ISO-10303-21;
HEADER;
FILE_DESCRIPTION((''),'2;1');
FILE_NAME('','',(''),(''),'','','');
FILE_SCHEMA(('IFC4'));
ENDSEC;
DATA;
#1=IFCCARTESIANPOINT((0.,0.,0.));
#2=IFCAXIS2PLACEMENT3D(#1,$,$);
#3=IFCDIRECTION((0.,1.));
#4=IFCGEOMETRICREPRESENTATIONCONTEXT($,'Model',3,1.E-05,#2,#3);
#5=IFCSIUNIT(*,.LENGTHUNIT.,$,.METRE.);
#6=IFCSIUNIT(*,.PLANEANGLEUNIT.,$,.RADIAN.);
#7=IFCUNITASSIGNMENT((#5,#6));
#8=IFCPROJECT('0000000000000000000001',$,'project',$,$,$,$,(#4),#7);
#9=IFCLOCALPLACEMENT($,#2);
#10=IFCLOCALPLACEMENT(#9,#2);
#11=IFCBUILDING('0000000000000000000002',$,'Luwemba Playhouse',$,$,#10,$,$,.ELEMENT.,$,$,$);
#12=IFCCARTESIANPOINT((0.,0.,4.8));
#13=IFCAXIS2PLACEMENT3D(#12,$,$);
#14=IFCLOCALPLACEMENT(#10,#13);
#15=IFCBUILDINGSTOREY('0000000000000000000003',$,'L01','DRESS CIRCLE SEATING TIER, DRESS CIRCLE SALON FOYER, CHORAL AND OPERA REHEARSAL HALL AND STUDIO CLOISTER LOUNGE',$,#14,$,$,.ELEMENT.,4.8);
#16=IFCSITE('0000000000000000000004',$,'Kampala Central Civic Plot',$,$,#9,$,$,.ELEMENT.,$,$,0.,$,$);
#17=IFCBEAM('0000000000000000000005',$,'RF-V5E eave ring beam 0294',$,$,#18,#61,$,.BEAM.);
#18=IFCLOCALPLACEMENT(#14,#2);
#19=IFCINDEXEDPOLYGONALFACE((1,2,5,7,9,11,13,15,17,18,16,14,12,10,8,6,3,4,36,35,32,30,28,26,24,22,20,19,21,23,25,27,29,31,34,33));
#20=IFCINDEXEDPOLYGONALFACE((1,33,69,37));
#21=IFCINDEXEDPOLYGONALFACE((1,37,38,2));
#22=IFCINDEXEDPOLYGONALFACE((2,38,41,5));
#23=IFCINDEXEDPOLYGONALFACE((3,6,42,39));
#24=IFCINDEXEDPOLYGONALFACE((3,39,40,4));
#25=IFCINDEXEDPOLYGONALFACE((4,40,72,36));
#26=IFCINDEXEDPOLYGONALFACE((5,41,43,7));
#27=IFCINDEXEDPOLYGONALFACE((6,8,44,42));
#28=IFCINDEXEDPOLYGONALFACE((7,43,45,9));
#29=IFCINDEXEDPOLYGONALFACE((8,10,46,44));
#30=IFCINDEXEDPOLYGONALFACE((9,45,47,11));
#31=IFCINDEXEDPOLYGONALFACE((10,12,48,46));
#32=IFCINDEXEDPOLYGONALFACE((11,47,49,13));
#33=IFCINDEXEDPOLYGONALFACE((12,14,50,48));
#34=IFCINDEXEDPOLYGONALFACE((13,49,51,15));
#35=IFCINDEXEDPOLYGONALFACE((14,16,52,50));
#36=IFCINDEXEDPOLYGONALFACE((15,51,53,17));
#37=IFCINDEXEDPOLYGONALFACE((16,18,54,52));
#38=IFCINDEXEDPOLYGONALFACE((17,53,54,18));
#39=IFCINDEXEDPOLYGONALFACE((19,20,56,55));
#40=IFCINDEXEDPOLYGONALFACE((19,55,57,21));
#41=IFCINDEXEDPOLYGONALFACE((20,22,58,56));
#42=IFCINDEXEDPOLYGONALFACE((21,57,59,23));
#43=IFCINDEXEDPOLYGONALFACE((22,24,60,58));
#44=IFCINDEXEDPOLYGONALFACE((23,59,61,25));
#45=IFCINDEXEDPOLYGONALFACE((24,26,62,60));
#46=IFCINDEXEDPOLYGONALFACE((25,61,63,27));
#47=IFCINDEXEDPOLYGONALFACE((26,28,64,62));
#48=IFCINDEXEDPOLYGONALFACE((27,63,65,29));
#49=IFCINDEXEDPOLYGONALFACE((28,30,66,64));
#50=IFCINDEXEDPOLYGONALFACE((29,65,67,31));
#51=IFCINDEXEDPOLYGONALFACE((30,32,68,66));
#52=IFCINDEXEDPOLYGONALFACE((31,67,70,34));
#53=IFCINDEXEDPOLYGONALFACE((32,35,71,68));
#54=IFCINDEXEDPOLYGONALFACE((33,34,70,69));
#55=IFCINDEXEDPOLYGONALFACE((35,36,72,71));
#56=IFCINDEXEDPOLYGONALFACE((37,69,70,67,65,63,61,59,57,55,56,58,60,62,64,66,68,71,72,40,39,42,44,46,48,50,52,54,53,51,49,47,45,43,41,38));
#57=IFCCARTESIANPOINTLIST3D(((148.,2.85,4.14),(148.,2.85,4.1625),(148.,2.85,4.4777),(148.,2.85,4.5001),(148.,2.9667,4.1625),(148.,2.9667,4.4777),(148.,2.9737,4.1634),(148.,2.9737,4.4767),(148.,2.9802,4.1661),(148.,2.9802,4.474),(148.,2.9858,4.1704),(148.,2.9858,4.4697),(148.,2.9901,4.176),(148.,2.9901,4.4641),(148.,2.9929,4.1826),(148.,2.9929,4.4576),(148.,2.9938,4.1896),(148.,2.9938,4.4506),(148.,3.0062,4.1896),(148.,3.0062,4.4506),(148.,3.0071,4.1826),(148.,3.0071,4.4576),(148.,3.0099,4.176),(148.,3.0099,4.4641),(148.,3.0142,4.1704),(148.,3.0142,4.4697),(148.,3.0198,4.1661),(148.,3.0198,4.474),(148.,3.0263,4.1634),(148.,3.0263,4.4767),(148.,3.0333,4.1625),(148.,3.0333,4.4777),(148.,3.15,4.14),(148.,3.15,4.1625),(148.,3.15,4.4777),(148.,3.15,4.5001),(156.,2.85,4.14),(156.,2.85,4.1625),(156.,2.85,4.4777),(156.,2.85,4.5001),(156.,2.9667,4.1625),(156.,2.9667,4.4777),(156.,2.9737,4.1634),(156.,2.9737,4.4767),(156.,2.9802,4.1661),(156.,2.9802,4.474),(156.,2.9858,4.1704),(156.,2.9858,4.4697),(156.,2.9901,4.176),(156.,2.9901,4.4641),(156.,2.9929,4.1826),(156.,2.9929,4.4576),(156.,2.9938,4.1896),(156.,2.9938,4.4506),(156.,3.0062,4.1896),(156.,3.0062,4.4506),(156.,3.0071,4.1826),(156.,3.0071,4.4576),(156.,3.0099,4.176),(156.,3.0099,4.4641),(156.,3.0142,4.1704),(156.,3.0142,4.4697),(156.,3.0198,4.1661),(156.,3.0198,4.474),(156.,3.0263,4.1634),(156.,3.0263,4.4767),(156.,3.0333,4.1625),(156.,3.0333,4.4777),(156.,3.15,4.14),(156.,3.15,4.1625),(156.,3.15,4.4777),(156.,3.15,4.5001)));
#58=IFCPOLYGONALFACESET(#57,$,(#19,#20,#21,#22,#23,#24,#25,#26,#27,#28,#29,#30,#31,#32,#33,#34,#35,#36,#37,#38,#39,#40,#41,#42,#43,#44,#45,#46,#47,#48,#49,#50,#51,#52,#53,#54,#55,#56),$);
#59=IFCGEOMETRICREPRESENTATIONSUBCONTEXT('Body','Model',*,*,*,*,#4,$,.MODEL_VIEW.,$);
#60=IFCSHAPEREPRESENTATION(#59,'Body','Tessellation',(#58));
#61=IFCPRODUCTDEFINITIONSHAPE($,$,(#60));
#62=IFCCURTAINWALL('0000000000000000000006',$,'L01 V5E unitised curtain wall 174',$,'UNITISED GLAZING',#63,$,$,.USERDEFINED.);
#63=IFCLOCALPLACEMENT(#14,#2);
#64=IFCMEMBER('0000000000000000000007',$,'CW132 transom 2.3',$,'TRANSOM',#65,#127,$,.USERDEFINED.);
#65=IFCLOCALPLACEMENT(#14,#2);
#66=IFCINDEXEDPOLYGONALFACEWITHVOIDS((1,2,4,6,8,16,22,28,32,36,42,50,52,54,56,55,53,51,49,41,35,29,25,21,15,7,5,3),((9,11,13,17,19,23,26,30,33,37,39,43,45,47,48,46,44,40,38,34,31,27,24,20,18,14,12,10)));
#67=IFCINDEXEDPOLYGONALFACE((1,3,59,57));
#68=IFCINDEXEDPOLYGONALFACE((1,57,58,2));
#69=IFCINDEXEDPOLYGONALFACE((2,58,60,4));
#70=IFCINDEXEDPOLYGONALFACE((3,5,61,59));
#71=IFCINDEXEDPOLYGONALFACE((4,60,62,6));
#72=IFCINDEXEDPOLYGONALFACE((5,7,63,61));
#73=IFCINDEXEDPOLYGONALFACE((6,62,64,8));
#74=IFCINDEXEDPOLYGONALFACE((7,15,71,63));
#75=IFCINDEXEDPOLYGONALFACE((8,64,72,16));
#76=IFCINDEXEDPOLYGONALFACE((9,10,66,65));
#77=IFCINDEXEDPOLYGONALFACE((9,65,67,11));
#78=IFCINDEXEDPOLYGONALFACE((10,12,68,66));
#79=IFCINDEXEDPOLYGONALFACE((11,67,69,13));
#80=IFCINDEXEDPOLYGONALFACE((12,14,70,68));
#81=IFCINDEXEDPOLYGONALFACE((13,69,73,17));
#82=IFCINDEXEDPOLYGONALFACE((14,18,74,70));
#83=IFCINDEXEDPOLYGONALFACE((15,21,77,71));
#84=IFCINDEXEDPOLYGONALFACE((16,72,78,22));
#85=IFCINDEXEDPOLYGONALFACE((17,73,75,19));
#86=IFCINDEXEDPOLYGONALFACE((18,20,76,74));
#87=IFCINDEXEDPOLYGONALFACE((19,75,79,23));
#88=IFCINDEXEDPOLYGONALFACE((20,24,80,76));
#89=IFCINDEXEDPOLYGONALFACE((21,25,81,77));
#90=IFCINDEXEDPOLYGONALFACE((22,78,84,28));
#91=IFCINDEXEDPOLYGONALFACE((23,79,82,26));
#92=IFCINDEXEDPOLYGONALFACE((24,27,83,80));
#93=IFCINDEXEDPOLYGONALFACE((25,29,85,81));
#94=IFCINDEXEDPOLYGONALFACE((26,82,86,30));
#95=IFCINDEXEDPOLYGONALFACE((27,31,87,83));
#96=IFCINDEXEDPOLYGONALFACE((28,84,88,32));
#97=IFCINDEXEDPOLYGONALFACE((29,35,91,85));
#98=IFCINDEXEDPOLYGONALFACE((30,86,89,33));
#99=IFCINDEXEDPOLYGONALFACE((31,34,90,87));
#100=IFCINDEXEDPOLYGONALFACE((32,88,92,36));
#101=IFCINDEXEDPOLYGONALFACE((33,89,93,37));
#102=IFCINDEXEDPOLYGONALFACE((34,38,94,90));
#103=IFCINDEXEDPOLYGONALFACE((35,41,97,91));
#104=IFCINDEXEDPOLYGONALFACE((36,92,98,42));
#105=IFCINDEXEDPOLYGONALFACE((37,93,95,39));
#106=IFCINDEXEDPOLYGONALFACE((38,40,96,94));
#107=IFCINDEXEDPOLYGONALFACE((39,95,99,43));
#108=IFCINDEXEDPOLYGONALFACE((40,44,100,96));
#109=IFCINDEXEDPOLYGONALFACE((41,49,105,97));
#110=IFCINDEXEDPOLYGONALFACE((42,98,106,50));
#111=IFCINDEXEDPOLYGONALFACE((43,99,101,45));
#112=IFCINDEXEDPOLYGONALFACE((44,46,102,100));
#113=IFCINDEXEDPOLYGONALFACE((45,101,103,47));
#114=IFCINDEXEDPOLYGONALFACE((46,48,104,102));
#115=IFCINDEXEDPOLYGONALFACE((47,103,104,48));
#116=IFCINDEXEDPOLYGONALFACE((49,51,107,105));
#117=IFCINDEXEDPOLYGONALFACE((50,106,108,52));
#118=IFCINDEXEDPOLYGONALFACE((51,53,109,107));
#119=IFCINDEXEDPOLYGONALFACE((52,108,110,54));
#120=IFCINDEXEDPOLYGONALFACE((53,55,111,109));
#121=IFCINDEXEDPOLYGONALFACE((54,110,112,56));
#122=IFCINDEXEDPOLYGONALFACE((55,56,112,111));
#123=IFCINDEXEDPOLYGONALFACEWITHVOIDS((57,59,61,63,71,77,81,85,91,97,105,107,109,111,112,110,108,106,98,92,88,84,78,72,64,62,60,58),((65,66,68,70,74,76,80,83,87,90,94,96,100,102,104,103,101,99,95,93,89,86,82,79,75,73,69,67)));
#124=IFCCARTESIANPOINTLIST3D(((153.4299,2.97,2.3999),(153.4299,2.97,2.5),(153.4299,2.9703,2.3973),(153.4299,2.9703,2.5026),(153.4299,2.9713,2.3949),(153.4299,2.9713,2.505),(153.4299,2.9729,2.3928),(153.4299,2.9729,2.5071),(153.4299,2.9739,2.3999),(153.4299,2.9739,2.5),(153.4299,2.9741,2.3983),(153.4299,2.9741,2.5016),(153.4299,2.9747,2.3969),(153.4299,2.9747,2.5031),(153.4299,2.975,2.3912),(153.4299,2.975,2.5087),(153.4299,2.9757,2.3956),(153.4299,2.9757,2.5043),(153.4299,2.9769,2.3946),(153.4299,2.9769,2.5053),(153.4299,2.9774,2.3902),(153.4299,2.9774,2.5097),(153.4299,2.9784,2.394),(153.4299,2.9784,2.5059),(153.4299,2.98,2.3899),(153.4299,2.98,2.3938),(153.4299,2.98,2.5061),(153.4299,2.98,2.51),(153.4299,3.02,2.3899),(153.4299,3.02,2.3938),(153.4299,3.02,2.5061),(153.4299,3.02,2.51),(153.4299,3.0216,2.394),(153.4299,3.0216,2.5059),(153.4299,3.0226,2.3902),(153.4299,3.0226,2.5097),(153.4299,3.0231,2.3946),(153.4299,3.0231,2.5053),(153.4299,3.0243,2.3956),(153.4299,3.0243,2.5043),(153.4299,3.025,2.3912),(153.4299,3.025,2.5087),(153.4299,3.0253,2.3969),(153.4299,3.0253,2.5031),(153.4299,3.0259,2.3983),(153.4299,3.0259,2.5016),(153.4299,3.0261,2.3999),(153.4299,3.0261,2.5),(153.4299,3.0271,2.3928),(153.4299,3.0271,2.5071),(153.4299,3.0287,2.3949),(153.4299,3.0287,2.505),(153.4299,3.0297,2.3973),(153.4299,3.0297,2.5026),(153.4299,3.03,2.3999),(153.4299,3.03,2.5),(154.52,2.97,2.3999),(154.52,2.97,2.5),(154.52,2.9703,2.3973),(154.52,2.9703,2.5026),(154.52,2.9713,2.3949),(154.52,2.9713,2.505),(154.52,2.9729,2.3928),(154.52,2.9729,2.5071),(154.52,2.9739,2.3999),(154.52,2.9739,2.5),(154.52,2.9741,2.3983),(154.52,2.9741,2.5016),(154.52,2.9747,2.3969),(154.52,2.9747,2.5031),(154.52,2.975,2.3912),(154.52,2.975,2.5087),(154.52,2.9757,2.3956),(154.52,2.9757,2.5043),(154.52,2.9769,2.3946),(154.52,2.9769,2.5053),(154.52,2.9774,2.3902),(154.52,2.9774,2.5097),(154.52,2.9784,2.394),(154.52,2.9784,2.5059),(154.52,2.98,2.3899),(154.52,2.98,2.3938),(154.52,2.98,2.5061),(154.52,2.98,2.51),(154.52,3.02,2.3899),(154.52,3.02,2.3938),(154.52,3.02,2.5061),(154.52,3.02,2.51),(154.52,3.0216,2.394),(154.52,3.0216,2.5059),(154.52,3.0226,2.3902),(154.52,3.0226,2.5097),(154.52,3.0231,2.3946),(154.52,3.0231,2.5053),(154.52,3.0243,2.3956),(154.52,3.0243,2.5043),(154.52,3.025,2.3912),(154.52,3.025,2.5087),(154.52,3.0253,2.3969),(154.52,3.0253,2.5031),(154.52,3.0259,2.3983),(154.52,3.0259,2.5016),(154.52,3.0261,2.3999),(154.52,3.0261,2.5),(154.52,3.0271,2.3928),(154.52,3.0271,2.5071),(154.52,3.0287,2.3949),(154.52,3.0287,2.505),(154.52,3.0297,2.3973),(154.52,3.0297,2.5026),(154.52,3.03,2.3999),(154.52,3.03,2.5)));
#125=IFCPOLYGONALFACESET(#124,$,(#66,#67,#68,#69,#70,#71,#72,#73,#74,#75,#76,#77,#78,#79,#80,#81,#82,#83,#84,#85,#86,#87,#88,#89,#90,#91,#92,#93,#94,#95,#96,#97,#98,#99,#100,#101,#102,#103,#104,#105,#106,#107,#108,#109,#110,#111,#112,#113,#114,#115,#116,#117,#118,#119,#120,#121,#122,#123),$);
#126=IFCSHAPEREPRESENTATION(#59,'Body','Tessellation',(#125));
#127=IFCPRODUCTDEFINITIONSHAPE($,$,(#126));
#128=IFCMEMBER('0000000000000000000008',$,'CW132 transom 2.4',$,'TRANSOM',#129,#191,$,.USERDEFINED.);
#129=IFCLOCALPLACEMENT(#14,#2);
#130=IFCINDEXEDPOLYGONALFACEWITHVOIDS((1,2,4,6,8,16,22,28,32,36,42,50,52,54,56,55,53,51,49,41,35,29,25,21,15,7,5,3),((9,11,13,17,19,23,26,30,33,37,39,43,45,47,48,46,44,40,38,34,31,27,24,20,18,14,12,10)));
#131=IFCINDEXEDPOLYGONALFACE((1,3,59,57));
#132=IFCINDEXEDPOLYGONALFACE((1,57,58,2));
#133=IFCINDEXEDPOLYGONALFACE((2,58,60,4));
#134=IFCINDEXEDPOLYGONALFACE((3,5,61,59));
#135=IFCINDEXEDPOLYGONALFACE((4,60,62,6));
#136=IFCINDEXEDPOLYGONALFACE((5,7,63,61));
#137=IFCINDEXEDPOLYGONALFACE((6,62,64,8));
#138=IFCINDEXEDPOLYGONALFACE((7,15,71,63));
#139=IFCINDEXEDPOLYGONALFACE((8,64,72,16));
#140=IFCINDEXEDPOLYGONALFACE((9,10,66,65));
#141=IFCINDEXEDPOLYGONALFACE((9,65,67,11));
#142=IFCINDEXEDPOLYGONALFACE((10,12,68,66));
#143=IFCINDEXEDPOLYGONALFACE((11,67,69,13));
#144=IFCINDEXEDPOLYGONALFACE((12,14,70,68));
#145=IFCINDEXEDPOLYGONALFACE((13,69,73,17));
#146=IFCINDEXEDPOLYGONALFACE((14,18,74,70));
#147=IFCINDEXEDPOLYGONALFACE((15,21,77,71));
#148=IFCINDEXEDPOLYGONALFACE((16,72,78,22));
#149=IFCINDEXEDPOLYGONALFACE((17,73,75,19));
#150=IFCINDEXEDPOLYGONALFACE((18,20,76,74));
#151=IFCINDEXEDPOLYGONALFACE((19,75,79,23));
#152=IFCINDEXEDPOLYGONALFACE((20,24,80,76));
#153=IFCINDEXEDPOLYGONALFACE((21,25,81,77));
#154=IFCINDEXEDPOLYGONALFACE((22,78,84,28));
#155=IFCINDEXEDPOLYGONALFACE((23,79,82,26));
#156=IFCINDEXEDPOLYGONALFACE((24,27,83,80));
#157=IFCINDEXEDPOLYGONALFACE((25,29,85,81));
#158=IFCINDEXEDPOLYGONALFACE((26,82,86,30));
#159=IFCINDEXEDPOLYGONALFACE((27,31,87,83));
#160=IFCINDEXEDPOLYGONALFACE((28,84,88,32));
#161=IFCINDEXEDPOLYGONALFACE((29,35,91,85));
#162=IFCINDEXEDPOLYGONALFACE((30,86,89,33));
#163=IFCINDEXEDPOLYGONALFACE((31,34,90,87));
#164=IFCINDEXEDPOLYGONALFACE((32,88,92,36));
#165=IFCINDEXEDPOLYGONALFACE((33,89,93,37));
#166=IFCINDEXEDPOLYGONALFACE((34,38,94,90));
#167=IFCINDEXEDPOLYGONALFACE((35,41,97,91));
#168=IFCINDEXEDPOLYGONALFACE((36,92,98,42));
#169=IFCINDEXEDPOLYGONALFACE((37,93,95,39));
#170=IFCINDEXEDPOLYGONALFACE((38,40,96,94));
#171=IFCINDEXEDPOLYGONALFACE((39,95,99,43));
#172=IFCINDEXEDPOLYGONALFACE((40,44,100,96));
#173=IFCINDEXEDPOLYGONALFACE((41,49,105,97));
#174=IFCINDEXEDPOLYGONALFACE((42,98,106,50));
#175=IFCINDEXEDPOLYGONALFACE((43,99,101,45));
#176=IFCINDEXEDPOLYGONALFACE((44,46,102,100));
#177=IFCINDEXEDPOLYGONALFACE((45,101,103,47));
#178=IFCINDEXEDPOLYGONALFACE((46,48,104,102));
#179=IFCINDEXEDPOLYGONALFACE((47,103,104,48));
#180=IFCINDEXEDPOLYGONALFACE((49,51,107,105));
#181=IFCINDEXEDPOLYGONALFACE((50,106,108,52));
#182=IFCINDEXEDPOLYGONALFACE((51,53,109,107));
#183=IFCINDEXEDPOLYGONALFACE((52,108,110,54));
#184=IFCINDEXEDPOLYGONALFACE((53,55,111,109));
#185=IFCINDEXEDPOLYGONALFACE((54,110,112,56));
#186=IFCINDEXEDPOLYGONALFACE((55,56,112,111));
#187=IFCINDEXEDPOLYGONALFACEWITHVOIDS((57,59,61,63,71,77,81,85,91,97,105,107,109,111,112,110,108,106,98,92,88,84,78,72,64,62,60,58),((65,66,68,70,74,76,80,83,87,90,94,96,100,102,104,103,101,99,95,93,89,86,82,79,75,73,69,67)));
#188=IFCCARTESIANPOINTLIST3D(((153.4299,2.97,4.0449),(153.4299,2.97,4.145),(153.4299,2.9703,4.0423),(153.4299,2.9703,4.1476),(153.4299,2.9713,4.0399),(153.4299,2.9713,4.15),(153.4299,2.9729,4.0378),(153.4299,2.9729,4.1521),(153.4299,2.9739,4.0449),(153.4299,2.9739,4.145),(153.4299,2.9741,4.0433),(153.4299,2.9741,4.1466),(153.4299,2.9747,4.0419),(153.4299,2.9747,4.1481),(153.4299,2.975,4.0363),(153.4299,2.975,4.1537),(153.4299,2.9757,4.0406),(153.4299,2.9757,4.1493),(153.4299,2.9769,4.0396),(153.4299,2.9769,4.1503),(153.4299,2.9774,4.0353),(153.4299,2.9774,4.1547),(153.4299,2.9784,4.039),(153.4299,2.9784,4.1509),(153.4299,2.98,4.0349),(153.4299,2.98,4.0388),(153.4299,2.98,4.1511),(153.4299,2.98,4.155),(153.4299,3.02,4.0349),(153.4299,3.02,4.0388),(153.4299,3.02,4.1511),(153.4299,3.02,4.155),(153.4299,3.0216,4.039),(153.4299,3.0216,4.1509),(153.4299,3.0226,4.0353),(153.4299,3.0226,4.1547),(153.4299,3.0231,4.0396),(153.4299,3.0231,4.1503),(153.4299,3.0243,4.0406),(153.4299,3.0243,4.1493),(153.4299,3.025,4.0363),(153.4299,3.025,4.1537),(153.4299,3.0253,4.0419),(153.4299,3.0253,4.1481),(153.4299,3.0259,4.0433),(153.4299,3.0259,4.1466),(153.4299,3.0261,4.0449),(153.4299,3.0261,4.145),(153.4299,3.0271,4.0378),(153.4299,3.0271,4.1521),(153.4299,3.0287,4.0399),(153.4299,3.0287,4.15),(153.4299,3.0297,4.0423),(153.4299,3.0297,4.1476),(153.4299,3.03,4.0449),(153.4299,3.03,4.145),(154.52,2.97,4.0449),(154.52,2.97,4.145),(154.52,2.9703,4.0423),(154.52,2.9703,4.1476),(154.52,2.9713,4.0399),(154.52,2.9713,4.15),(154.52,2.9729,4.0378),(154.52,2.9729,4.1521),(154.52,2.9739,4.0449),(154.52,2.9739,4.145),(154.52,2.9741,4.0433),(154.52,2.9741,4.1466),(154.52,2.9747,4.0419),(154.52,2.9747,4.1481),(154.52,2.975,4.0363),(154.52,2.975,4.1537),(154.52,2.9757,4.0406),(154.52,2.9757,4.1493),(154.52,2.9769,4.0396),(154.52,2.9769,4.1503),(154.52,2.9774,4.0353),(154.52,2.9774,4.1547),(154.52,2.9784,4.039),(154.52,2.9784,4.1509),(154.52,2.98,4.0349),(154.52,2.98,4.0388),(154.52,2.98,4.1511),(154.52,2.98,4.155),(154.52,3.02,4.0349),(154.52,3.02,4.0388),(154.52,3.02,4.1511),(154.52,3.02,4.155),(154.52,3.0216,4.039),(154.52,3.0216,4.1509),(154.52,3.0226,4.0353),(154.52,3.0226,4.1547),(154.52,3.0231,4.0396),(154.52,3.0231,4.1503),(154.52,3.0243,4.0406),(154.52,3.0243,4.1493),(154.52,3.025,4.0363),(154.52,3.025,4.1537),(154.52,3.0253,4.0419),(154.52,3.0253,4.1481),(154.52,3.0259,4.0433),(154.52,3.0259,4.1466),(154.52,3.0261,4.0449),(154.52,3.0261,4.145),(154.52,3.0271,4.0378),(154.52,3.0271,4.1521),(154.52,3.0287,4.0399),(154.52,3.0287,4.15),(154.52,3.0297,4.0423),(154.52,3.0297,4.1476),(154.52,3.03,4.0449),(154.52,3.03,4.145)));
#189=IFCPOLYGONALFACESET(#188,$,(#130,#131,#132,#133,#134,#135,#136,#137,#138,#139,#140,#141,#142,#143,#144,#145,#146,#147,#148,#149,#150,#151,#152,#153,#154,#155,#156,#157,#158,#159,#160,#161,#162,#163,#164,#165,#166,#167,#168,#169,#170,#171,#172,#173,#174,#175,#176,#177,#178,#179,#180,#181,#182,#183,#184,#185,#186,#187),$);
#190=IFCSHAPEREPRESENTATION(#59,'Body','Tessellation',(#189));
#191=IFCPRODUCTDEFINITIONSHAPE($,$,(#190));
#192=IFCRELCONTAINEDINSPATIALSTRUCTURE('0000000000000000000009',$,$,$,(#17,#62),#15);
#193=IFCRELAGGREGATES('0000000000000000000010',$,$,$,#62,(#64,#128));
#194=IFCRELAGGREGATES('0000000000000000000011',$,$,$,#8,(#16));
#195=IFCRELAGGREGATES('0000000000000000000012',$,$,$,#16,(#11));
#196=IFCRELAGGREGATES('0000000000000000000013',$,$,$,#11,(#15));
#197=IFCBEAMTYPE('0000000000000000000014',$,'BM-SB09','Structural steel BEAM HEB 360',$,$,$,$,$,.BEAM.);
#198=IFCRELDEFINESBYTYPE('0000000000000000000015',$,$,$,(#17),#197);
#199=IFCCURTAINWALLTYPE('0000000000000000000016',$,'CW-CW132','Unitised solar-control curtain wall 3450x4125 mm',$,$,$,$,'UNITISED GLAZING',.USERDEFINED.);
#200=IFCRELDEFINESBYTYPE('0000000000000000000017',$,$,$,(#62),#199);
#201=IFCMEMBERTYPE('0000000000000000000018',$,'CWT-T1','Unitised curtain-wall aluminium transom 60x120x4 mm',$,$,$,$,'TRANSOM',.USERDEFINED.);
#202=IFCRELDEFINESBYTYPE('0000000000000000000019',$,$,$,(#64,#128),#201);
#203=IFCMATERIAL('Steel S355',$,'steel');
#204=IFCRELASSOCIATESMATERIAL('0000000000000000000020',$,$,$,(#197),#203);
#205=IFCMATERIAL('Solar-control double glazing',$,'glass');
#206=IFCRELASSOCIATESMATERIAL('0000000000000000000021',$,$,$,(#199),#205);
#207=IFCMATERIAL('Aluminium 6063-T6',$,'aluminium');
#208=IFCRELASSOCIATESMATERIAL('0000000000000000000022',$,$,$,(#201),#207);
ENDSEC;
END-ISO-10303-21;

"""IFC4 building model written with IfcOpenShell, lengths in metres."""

from ifc_helpers import new_model, si_unit, direction, frame, origin, origin_2d, place, context, subcontext, project, spatial, hollow_rectangle, i_section, extrude, material, material_profile, profile_set, type_object, element, aggregate, save


model = new_model("IFC4")

# Units and contexts
model_context = context("Model", 3, precision=1e-05, world=origin(), true_north=direction((0.0, 1.0)))
body_context = subcontext(model_context, "Body", "Model", "MODEL_VIEW")
ifc_project = project(units=[si_unit("LENGTHUNIT", "METRE"), si_unit("PLANEANGLEUNIT", "RADIAN")], contexts=[model_context])

# Site, building, storey
site_placement = place(None, origin())
site = spatial("IfcSite", under=ifc_project, at=site_placement, Name="Kampala Central Civic Plot", CompositionType="ELEMENT", RefElevation=0.0)
building_placement = place(site_placement, origin())
building = spatial("IfcBuilding", under=site, at=building_placement, Name="Luwemba Playhouse", CompositionType="ELEMENT")
storey_placement = place(building_placement, frame((0.0, 0.0, 4.8)))
storey = spatial("IfcBuildingStorey", under=building, at=storey_placement, Name="L01", Description="DRESS CIRCLE SEATING TIER, DRESS CIRCLE SALON FOYER, CHORAL AND OPERA REHEARSAL HALL AND STUDIO CLOISTER LOUNGE", CompositionType="ELEMENT", Elevation=4.8)

# Beam
ifc_material_1 = material(Name="Steel S355", Category="steel")
ifc_material_profile_1 = material_profile(ifc_material_1, i_section(OverallWidth=0.3, OverallDepth=0.3601, WebThickness=0.0125, FlangeThickness=0.0225, FilletRadius=0.0271, at=origin_2d()))
ifc_profile_set_1 = profile_set([ifc_material_profile_1], Name="Steel S355")
beam_type_1 = type_object("IfcBeamType", Name="BM-SB09", Description="Structural steel BEAM HEB 360", PredefinedType="BEAM", material=ifc_profile_set_1)
beam_1_placement = place(storey_placement, frame((148.0, 3.0, 4.3201), z_axis=(1.0, 0.0, 0.0), x_axis=(0.0, 1.0, 0.0)))
element("IfcBeam", 1, at=beam_1_placement, inside=storey, type_object=beam_type_1, Name="RF-V5E eave ring beam 0294", PredefinedType="BEAM", context=body_context, shape_type="SweptSolid", body=[
    extrude(i_section(OverallWidth=0.3, OverallDepth=0.3601, WebThickness=0.0125, FlangeThickness=0.0225, FilletRadius=0.0271, at=origin_2d()), origin(), (0.0, 0.0, 1.0), 8.0),
])

# Curtain wall, members
ifc_material_2 = material(Name="Solar-control double glazing", Category="glass")
curtain_wall_type_1 = type_object("IfcCurtainWallType", Name="CW-CW132", Description="Unitised solar-control curtain wall 3450x4125 mm", ElementType="UNITISED GLAZING", PredefinedType="USERDEFINED", material=ifc_material_2)
curtain_wall_1_placement = place(storey_placement, origin())
curtain_wall_1 = element("IfcCurtainWall", 2, at=curtain_wall_1_placement, inside=storey, type_object=curtain_wall_type_1, Name="L01 V5E unitised curtain wall 174", ObjectType="UNITISED GLAZING", PredefinedType="USERDEFINED")
ifc_material_3 = material(Name="Aluminium 6063-T6", Category="aluminium")
ifc_material_profile_2 = material_profile(ifc_material_3, hollow_rectangle(XDim=0.0601, YDim=0.1201, WallThickness=0.0039, InnerFilletRadius=0.0061, OuterFilletRadius=0.01, at=origin_2d()))
ifc_profile_set_2 = profile_set([ifc_material_profile_2], Name="Aluminium 6063-T6")
member_type_1 = type_object("IfcMemberType", Name="CWT-T1", Description="Unitised curtain-wall aluminium transom 60x120x4 mm", ElementType="TRANSOM", PredefinedType="USERDEFINED", material=ifc_profile_set_2)
member_1_placement = place(storey_placement, frame((154.52, 3.0, 2.45), z_axis=(-1.0, 0.0, 0.0), x_axis=(0.0, -1.0, 0.0)))
member_1 = element("IfcMember", 3, at=member_1_placement, type_object=member_type_1, Name="CW132 transom 2.3", ObjectType="TRANSOM", PredefinedType="USERDEFINED", context=body_context, shape_type="SweptSolid", body=[
    extrude(hollow_rectangle(XDim=0.0601, YDim=0.1201, WallThickness=0.0039, InnerFilletRadius=0.0061, OuterFilletRadius=0.01, at=origin_2d()), origin(), (0.0, 0.0, 1.0), 1.0901),
])
member_2_placement = place(storey_placement, frame((154.52, 3.0, 4.095), z_axis=(-1.0, 0.0, 0.0), x_axis=(0.0, -1.0, 0.0)))
member_2 = element("IfcMember", 4, at=member_2_placement, type_object=member_type_1, Name="CW132 transom 2.4", ObjectType="TRANSOM", PredefinedType="USERDEFINED", context=body_context, shape_type="SweptSolid", body=[
    extrude(hollow_rectangle(XDim=0.0601, YDim=0.1201, WallThickness=0.0039, InnerFilletRadius=0.0061, OuterFilletRadius=0.01, at=origin_2d()), origin(), (0.0, 0.0, 1.0), 1.0901),
])

aggregate(curtain_wall_1, [member_1, member_2])

save(model, "model.ifc")
